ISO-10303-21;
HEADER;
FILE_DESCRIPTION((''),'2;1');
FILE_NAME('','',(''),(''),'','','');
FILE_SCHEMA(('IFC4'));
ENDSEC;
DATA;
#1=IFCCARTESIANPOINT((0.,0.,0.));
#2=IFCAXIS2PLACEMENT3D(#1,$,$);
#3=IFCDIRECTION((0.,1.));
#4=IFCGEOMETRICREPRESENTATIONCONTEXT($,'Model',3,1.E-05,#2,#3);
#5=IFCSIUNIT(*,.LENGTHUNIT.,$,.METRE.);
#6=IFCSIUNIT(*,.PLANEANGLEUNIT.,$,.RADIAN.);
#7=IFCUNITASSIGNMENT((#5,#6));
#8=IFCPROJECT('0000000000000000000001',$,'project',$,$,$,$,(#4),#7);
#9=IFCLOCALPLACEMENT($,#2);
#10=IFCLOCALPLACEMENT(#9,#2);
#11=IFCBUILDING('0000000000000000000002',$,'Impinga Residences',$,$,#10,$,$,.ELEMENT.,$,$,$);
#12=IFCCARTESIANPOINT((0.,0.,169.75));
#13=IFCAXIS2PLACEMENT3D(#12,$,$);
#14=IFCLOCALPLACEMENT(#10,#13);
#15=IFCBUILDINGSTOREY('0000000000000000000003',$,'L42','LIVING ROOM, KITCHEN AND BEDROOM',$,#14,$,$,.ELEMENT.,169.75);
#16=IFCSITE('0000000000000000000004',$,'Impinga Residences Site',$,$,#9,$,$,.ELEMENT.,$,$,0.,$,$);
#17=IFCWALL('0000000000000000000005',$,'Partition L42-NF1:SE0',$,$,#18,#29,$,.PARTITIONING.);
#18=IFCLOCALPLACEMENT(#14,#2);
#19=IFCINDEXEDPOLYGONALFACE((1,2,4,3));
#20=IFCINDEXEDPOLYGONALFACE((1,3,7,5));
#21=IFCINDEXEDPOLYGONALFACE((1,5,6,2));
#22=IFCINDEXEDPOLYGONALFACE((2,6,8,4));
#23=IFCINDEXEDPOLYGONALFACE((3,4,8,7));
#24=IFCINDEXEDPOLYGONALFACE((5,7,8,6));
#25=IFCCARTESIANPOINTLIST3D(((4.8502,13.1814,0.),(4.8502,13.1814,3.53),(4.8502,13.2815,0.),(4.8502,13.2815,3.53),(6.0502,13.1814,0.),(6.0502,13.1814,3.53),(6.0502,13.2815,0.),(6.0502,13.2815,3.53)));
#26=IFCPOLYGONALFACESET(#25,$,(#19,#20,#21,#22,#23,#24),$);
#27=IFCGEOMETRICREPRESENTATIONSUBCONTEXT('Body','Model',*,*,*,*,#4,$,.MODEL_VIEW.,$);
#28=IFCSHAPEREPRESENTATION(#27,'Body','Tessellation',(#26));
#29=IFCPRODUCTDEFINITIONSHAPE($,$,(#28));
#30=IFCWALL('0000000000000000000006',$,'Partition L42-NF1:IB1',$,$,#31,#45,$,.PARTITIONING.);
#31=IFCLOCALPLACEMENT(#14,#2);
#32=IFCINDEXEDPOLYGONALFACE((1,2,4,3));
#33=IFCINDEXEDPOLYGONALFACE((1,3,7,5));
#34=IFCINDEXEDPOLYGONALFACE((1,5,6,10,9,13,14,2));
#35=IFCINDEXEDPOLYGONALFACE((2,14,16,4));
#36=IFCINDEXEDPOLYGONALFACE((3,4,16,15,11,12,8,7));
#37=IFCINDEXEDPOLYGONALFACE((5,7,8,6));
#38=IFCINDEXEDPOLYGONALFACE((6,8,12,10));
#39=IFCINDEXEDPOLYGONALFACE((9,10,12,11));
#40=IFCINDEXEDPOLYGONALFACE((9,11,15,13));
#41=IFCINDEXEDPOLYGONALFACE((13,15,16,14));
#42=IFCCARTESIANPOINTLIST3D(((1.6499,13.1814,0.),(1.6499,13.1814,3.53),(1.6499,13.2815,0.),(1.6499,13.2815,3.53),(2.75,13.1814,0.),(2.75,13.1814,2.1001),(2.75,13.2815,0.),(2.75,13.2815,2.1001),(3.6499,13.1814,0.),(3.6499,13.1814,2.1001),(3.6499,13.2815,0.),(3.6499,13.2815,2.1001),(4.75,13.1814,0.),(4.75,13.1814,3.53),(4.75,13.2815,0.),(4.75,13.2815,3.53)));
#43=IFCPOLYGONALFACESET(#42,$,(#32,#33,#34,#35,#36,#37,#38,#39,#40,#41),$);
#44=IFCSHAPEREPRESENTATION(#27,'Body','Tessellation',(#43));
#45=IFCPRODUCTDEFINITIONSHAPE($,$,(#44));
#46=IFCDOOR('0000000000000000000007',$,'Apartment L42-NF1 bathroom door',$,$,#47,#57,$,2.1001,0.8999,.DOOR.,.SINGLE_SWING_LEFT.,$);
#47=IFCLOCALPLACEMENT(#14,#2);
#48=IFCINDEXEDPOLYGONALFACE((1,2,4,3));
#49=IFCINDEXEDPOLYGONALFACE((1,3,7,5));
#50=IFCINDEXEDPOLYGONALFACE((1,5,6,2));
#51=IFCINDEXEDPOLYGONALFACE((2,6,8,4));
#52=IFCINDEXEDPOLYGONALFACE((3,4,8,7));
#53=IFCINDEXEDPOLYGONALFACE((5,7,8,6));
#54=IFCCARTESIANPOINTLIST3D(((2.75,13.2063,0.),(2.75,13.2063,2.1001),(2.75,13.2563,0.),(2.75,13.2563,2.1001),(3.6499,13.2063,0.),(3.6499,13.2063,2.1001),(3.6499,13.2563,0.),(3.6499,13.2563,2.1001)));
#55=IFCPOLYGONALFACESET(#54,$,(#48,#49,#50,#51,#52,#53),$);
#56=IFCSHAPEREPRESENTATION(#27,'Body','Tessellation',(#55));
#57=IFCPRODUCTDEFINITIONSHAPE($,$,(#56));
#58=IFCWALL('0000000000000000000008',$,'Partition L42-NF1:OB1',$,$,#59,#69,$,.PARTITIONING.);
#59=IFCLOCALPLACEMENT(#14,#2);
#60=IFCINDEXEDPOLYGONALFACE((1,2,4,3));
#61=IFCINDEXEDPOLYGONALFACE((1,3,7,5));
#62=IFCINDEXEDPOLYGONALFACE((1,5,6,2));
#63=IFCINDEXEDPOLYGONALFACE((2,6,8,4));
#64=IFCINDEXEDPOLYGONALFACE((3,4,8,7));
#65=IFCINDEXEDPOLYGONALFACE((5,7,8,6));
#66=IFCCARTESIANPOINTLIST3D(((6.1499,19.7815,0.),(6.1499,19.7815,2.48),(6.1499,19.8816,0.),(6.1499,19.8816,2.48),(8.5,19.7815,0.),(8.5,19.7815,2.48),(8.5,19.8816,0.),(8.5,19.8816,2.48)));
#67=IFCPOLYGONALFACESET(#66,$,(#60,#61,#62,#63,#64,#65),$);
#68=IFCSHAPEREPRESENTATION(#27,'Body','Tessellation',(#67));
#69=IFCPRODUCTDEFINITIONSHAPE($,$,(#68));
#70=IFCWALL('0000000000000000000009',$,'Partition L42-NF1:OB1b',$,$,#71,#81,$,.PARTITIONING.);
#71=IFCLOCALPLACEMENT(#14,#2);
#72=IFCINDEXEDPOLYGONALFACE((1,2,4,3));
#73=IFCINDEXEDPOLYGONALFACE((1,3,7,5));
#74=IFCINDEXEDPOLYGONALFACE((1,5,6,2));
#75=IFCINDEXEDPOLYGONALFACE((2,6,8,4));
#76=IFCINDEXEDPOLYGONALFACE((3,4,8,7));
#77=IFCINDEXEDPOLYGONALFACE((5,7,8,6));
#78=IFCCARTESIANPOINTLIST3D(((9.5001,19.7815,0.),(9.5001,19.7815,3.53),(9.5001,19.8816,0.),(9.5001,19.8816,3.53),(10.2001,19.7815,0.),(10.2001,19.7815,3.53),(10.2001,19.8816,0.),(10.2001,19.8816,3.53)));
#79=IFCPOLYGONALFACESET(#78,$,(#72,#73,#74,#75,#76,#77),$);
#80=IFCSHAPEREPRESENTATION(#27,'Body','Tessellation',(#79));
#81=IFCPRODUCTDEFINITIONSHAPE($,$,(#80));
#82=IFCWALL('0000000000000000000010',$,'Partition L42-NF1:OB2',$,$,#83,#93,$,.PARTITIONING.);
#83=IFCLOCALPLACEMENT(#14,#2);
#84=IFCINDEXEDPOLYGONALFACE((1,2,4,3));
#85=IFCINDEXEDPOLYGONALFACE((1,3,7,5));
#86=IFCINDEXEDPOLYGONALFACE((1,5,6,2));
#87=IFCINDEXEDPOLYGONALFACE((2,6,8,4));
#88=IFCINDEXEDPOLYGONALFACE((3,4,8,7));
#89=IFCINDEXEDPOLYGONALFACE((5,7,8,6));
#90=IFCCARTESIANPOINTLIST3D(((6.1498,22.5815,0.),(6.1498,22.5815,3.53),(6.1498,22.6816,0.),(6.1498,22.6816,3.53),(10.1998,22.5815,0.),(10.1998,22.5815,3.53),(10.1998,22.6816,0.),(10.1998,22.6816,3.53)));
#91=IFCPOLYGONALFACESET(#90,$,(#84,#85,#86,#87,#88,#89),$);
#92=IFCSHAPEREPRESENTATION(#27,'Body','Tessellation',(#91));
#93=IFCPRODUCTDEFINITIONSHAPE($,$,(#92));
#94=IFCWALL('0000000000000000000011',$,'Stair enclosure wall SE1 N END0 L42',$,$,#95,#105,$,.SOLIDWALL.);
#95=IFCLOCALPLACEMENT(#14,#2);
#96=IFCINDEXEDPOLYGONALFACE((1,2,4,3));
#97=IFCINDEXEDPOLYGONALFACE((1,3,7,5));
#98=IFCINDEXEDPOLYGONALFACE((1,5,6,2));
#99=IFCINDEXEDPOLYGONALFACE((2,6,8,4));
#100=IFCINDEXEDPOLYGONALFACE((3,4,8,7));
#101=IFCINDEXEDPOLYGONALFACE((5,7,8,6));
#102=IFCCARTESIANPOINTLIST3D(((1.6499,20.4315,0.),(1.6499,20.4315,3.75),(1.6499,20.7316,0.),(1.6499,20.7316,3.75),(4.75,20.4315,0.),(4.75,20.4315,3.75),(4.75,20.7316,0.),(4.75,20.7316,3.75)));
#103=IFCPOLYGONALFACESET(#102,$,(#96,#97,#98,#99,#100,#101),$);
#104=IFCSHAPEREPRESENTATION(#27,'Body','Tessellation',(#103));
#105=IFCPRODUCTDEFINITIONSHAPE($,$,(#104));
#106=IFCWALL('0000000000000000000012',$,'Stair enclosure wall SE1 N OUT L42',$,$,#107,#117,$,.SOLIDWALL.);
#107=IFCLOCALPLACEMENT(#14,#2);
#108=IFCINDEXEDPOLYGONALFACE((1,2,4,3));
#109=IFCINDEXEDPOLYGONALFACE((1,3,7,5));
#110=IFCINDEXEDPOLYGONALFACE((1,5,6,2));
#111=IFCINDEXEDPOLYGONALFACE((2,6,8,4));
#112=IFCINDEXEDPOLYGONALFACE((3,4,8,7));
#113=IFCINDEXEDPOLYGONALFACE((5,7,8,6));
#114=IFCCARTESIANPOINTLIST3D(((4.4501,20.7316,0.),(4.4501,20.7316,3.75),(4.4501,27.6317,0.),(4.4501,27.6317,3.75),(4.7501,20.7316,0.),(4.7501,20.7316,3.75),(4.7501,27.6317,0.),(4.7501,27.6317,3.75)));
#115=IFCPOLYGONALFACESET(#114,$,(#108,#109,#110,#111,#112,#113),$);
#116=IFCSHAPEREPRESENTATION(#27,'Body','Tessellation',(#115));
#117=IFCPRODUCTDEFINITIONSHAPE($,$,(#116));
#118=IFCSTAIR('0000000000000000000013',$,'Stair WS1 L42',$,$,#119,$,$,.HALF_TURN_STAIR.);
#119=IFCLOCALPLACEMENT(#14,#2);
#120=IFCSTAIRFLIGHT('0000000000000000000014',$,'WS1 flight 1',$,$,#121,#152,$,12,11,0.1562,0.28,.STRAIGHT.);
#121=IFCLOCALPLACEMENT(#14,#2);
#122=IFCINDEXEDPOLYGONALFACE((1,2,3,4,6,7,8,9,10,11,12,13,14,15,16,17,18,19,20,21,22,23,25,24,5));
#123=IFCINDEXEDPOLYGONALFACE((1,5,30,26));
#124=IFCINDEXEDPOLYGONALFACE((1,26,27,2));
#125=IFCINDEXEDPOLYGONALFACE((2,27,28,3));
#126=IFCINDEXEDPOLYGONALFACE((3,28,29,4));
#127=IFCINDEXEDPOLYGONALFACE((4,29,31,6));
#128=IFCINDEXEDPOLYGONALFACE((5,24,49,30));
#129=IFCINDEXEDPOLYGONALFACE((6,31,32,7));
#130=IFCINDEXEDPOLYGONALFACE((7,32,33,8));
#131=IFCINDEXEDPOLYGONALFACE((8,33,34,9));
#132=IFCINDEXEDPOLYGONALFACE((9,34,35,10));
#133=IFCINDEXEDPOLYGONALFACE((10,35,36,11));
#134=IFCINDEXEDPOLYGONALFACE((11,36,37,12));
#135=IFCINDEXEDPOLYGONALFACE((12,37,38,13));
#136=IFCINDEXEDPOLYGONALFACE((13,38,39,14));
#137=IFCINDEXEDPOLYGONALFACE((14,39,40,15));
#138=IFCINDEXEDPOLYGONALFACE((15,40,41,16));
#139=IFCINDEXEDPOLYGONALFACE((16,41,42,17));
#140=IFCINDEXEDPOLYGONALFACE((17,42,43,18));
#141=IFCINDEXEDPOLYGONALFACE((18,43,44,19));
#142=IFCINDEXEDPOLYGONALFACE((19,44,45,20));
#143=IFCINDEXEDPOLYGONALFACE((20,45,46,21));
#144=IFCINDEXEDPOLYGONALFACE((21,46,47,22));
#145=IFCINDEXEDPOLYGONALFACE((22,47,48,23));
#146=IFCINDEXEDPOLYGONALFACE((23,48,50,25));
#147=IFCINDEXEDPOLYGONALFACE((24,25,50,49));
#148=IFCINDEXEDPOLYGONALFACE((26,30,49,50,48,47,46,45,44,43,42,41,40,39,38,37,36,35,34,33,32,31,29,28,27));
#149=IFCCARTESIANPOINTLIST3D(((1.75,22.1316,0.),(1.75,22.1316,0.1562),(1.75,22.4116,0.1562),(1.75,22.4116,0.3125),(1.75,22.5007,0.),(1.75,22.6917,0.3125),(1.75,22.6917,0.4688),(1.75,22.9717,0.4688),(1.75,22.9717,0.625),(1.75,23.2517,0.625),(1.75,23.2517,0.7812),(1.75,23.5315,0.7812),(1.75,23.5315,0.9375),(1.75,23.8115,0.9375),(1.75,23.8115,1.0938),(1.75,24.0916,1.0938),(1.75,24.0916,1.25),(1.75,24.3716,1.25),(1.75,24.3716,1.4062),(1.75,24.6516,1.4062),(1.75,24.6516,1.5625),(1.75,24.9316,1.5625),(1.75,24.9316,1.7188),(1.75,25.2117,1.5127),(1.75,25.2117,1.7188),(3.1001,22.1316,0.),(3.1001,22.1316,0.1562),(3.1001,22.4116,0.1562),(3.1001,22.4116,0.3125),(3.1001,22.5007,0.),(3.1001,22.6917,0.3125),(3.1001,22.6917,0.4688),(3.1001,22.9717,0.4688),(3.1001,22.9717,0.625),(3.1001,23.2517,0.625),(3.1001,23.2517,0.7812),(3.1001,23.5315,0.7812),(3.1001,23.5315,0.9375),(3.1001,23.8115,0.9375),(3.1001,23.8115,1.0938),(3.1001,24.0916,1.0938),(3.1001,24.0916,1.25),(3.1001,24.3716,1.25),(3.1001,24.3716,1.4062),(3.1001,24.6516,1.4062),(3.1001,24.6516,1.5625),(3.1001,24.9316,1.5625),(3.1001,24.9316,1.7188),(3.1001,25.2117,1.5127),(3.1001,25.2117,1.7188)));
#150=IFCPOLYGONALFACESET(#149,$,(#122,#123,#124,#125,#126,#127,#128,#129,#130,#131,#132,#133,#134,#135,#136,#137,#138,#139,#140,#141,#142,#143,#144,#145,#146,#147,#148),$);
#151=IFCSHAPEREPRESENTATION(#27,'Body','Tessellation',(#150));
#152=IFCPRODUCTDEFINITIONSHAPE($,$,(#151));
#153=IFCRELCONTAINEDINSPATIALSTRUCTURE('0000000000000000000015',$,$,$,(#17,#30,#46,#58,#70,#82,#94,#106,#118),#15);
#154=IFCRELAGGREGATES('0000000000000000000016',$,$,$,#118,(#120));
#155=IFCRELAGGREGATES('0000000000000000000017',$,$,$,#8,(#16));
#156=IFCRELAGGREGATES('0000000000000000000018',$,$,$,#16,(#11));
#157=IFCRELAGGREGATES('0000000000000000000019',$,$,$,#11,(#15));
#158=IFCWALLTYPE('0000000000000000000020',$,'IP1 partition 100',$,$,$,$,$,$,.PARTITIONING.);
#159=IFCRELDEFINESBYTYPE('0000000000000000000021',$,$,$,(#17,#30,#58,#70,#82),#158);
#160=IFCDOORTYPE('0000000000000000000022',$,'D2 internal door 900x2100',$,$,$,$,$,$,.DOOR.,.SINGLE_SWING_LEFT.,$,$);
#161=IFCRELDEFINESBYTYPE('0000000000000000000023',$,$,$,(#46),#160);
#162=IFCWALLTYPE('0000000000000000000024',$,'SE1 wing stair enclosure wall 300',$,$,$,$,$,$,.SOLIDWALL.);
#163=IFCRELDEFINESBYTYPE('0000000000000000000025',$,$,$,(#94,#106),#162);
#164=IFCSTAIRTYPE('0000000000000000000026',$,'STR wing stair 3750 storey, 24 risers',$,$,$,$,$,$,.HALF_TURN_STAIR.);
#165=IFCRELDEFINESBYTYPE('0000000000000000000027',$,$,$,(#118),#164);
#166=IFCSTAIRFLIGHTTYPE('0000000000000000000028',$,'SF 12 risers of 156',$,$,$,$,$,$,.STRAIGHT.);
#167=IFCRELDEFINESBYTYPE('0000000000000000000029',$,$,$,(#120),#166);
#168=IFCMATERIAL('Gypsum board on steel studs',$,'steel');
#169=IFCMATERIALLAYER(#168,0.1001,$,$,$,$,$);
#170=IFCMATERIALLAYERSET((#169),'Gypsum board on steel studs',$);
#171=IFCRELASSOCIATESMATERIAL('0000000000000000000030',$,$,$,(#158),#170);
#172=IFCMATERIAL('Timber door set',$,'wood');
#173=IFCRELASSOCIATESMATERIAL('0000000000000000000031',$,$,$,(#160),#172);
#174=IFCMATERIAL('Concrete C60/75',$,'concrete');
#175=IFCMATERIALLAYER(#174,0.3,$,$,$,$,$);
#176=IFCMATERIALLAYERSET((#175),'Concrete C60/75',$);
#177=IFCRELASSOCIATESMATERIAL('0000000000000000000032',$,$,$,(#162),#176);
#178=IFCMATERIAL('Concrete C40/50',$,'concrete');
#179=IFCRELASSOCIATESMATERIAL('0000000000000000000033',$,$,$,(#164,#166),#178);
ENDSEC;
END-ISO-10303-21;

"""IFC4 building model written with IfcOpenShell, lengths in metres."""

from ifc_helpers import new_model, si_unit, direction, frame, frame_2d, origin, place, context, subcontext, project, spatial, polyline, rectangle, outline, extrude, material, layer, layer_set, type_object, element, fill, aggregate, save


model = new_model("IFC4")

# Units and contexts
model_context = context("Model", 3, precision=1e-05, world=origin(), true_north=direction((0.0, 1.0)))
body_context = subcontext(model_context, "Body", "Model", "MODEL_VIEW")
ifc_project = project(units=[si_unit("LENGTHUNIT", "METRE"), si_unit("PLANEANGLEUNIT", "RADIAN")], contexts=[model_context])

# Site, building, storey
site_placement = place(None, origin())
site = spatial("IfcSite", under=ifc_project, at=site_placement, Name="Impinga Residences Site", CompositionType="ELEMENT", RefElevation=0.0)
building_placement = place(site_placement, origin())
building = spatial("IfcBuilding", under=site, at=building_placement, Name="Impinga Residences", CompositionType="ELEMENT")
storey_placement = place(building_placement, frame((0.0, 0.0, 169.75)))
storey = spatial("IfcBuildingStorey", under=building, at=storey_placement, Name="L42", Description="LIVING ROOM, KITCHEN AND BEDROOM", CompositionType="ELEMENT", Elevation=169.75)

# Shared definitions
ifc_material_1 = material(Name="Concrete C60/75", Category="concrete")

# Shared definitions
ifc_material_2 = material(Name="Gypsum board on steel studs", Category="steel")
ifc_layer_1 = layer(ifc_material_2, 0.1001)
ifc_layer_set_1 = layer_set([ifc_layer_1], Name="Gypsum board on steel studs")
wall_type_1 = type_object("IfcWallType", Name="IP1 partition 100", PredefinedType="PARTITIONING", material=ifc_layer_set_1)

# Shared definitions
ifc_material_3 = material(Name="Timber door set", Category="wood")
door_type = type_object("IfcDoorType", Name="D2 internal door 900x2100", OperationType="SINGLE_SWING_LEFT", PredefinedType="DOOR", material=ifc_material_3)

# Wall
wall_1_placement = place(storey_placement, frame((4.8501, 13.2314, 0.0), z_axis=(0.0, 0.0, 1.0), x_axis=(1.0, 0.0, 0.0)))
element("IfcWall", 1, at=wall_1_placement, inside=storey, type_object=wall_type_1, Name="Partition L42-NF1:SE0", PredefinedType="PARTITIONING", context=body_context, shape_type="SweptSolid", body=[
    extrude(rectangle(XDim=1.2, YDim=0.1001, at=frame_2d((0.6001, 0.0))), origin(), (0.0, 0.0, 1.0), 3.53),
])

# Wall, opening, door
wall_2_placement = place(storey_placement, frame((1.6499, 13.2314, 0.0), z_axis=(0.0, 0.0, 1.0), x_axis=(1.0, 0.0, 0.0)))
wall_2 = element("IfcWall", 2, at=wall_2_placement, inside=storey, type_object=wall_type_1, Name="Partition L42-NF1:IB1", PredefinedType="PARTITIONING", context=body_context, shape_type="SweptSolid", body=[
    extrude(rectangle(XDim=3.1001, YDim=0.1001, at=frame_2d((1.55, 0.0))), origin(), (0.0, 0.0, 1.0), 3.53),
])
opening_1_placement = place(wall_2_placement, frame((1.1001, 0.0, 0.0)))
opening_1 = element("IfcOpeningElement", 3, at=opening_1_placement, cuts=wall_2, PredefinedType="OPENING", context=body_context, shape_type="SweptSolid", body=[
    extrude(rectangle(XDim=0.8999, YDim=2.1001, at=frame_2d((0.45, 1.05))), frame((0.0, 0.0601, 0.0), z_axis=(0.0, -1.0, 0.0), x_axis=(1.0, 0.0, 0.0)), (0.0, 0.0, 1.0), 0.1201),
])
door_1_placement = place(opening_1_placement, origin())
door_1 = element("IfcDoor", 4, at=door_1_placement, inside=storey, type_object=door_type, Name="Apartment L42-NF1 bathroom door", OperationType="SINGLE_SWING_LEFT", OverallHeight=2.1001, OverallWidth=0.8999, PredefinedType="DOOR", context=body_context, shape_type="SweptSolid", body=[
    extrude(rectangle(XDim=0.8999, YDim=2.1001, at=frame_2d((0.45, 1.05))), frame((0.0, 0.0249, 0.0), z_axis=(0.0, -1.0, 0.0), x_axis=(1.0, 0.0, 0.0)), (0.0, 0.0, 1.0), 0.05),
])
fill(opening_1, door_1)

# Walls
wall_3_placement = place(storey_placement, frame((6.1499, 19.8315, 0.0), z_axis=(0.0, 0.0, 1.0), x_axis=(1.0, 0.0, 0.0)))
element("IfcWall", 5, at=wall_3_placement, inside=storey, type_object=wall_type_1, Name="Partition L42-NF1:OB1", PredefinedType="PARTITIONING", context=body_context, shape_type="SweptSolid", body=[
    extrude(rectangle(XDim=2.3501, YDim=0.1001, at=frame_2d((1.175, 0.0))), origin(), (0.0, 0.0, 1.0), 2.48),
])
wall_4_placement = place(storey_placement, frame((9.5, 19.8315, 0.0), z_axis=(0.0, 0.0, 1.0), x_axis=(1.0, 0.0, 0.0)))
element("IfcWall", 6, at=wall_4_placement, inside=storey, type_object=wall_type_1, Name="Partition L42-NF1:OB1b", PredefinedType="PARTITIONING", context=body_context, shape_type="SweptSolid", body=[
    extrude(rectangle(XDim=0.7, YDim=0.1001, at=frame_2d((0.3501, 0.0))), origin(), (0.0, 0.0, 1.0), 3.53),
])
wall_5_placement = place(storey_placement, frame((6.1499, 22.6316, 0.0), z_axis=(0.0, 0.0, 1.0), x_axis=(1.0, 0.0, 0.0)))
element("IfcWall", 7, at=wall_5_placement, inside=storey, type_object=wall_type_1, Name="Partition L42-NF1:OB2", PredefinedType="PARTITIONING", context=body_context, shape_type="SweptSolid", body=[
    extrude(rectangle(XDim=4.05, YDim=0.1001, at=frame_2d((2.0249, 0.0))), origin(), (0.0, 0.0, 1.0), 3.53),
])
ifc_layer_2 = layer(ifc_material_1, 0.3)
ifc_layer_set_2 = layer_set([ifc_layer_2], Name="Concrete C60/75")
wall_type_2 = type_object("IfcWallType", Name="SE1 wing stair enclosure wall 300", PredefinedType="SOLIDWALL", material=ifc_layer_set_2)
wall_6_placement = place(storey_placement, frame((1.6499, 20.5815, 0.0), z_axis=(0.0, 0.0, 1.0), x_axis=(1.0, 0.0, 0.0)))
element("IfcWall", 8, at=wall_6_placement, inside=storey, type_object=wall_type_2, Name="Stair enclosure wall SE1 N END0 L42", PredefinedType="SOLIDWALL", context=body_context, shape_type="SweptSolid", body=[
    extrude(rectangle(XDim=3.1001, YDim=0.3, at=frame_2d((1.55, 0.0))), origin(), (0.0, 0.0, 1.0), 3.75),
])
wall_7_placement = place(storey_placement, frame((4.6001, 20.7314, 0.0), z_axis=(0.0, 0.0, 1.0), x_axis=(0.0, 1.0, 0.0)))
element("IfcWall", 9, at=wall_7_placement, inside=storey, type_object=wall_type_2, Name="Stair enclosure wall SE1 N OUT L42", PredefinedType="SOLIDWALL", context=body_context, shape_type="SweptSolid", body=[
    extrude(rectangle(XDim=6.9001, YDim=0.3, at=frame_2d((3.4502, 0.0))), origin(), (0.0, 0.0, 1.0), 3.75),
])

# Stair, stair flight
ifc_material_4 = material(Name="Concrete C40/50", Category="concrete")
stair_type = type_object("IfcStairType", Name="STR wing stair 3750 storey, 24 risers", PredefinedType="HALF_TURN_STAIR", material=ifc_material_4)
stair_placement = place(storey_placement, origin())
stair = element("IfcStair", 10, at=stair_placement, inside=storey, type_object=stair_type, Name="Stair WS1 L42", PredefinedType="HALF_TURN_STAIR")
stair_flight_type = type_object("IfcStairFlightType", Name="SF 12 risers of 156", PredefinedType="STRAIGHT", material=ifc_material_4)
stair_flight_1_placement = place(storey_placement, frame((2.425, 22.1316, 0.0), z_axis=(0.0, 0.0, 1.0), x_axis=(0.0, 1.0, 0.0)))
stair_flight_1 = element("IfcStairFlight", 11, at=stair_flight_1_placement, type_object=stair_flight_type, Name="WS1 flight 1", NumberOfRisers=12, NumberOfTreads=11, PredefinedType="STRAIGHT", RiserHeight=0.1562, TreadLength=0.28, context=body_context, shape_type="SweptSolid", body=[
    extrude(outline(polyline([(0.0, 0.0), (0.0, 0.1562), (0.28, 0.1562), (0.28, 0.3125), (0.5601, 0.3125), (0.5601, 0.4688), (0.8401, 0.4688), (0.8401, 0.625), (1.1201, 0.625), (1.1201, 0.7812), (1.3999, 0.7812), (1.3999, 0.9375), (1.6799, 0.9375), (1.6799, 1.0938), (1.96, 1.0938), (1.96, 1.25), (2.24, 1.25), (2.24, 1.4062), (2.52, 1.4062), (2.52, 1.5625), (2.8, 1.5625), (2.8, 1.7188), (3.0801, 1.7188), (3.0801, 1.875), (3.0801, 1.5127), (0.3691, 0.0), (0.0, 0.0)])), frame((0.0, 0.675, 0.0), z_axis=(0.0, -1.0, 0.0), x_axis=(1.0, 0.0, 0.0)), (0.0, 0.0, 1.0), 1.3501),
])
aggregate(stair, [stair_flight_1])

save(model, "model.ifc")
